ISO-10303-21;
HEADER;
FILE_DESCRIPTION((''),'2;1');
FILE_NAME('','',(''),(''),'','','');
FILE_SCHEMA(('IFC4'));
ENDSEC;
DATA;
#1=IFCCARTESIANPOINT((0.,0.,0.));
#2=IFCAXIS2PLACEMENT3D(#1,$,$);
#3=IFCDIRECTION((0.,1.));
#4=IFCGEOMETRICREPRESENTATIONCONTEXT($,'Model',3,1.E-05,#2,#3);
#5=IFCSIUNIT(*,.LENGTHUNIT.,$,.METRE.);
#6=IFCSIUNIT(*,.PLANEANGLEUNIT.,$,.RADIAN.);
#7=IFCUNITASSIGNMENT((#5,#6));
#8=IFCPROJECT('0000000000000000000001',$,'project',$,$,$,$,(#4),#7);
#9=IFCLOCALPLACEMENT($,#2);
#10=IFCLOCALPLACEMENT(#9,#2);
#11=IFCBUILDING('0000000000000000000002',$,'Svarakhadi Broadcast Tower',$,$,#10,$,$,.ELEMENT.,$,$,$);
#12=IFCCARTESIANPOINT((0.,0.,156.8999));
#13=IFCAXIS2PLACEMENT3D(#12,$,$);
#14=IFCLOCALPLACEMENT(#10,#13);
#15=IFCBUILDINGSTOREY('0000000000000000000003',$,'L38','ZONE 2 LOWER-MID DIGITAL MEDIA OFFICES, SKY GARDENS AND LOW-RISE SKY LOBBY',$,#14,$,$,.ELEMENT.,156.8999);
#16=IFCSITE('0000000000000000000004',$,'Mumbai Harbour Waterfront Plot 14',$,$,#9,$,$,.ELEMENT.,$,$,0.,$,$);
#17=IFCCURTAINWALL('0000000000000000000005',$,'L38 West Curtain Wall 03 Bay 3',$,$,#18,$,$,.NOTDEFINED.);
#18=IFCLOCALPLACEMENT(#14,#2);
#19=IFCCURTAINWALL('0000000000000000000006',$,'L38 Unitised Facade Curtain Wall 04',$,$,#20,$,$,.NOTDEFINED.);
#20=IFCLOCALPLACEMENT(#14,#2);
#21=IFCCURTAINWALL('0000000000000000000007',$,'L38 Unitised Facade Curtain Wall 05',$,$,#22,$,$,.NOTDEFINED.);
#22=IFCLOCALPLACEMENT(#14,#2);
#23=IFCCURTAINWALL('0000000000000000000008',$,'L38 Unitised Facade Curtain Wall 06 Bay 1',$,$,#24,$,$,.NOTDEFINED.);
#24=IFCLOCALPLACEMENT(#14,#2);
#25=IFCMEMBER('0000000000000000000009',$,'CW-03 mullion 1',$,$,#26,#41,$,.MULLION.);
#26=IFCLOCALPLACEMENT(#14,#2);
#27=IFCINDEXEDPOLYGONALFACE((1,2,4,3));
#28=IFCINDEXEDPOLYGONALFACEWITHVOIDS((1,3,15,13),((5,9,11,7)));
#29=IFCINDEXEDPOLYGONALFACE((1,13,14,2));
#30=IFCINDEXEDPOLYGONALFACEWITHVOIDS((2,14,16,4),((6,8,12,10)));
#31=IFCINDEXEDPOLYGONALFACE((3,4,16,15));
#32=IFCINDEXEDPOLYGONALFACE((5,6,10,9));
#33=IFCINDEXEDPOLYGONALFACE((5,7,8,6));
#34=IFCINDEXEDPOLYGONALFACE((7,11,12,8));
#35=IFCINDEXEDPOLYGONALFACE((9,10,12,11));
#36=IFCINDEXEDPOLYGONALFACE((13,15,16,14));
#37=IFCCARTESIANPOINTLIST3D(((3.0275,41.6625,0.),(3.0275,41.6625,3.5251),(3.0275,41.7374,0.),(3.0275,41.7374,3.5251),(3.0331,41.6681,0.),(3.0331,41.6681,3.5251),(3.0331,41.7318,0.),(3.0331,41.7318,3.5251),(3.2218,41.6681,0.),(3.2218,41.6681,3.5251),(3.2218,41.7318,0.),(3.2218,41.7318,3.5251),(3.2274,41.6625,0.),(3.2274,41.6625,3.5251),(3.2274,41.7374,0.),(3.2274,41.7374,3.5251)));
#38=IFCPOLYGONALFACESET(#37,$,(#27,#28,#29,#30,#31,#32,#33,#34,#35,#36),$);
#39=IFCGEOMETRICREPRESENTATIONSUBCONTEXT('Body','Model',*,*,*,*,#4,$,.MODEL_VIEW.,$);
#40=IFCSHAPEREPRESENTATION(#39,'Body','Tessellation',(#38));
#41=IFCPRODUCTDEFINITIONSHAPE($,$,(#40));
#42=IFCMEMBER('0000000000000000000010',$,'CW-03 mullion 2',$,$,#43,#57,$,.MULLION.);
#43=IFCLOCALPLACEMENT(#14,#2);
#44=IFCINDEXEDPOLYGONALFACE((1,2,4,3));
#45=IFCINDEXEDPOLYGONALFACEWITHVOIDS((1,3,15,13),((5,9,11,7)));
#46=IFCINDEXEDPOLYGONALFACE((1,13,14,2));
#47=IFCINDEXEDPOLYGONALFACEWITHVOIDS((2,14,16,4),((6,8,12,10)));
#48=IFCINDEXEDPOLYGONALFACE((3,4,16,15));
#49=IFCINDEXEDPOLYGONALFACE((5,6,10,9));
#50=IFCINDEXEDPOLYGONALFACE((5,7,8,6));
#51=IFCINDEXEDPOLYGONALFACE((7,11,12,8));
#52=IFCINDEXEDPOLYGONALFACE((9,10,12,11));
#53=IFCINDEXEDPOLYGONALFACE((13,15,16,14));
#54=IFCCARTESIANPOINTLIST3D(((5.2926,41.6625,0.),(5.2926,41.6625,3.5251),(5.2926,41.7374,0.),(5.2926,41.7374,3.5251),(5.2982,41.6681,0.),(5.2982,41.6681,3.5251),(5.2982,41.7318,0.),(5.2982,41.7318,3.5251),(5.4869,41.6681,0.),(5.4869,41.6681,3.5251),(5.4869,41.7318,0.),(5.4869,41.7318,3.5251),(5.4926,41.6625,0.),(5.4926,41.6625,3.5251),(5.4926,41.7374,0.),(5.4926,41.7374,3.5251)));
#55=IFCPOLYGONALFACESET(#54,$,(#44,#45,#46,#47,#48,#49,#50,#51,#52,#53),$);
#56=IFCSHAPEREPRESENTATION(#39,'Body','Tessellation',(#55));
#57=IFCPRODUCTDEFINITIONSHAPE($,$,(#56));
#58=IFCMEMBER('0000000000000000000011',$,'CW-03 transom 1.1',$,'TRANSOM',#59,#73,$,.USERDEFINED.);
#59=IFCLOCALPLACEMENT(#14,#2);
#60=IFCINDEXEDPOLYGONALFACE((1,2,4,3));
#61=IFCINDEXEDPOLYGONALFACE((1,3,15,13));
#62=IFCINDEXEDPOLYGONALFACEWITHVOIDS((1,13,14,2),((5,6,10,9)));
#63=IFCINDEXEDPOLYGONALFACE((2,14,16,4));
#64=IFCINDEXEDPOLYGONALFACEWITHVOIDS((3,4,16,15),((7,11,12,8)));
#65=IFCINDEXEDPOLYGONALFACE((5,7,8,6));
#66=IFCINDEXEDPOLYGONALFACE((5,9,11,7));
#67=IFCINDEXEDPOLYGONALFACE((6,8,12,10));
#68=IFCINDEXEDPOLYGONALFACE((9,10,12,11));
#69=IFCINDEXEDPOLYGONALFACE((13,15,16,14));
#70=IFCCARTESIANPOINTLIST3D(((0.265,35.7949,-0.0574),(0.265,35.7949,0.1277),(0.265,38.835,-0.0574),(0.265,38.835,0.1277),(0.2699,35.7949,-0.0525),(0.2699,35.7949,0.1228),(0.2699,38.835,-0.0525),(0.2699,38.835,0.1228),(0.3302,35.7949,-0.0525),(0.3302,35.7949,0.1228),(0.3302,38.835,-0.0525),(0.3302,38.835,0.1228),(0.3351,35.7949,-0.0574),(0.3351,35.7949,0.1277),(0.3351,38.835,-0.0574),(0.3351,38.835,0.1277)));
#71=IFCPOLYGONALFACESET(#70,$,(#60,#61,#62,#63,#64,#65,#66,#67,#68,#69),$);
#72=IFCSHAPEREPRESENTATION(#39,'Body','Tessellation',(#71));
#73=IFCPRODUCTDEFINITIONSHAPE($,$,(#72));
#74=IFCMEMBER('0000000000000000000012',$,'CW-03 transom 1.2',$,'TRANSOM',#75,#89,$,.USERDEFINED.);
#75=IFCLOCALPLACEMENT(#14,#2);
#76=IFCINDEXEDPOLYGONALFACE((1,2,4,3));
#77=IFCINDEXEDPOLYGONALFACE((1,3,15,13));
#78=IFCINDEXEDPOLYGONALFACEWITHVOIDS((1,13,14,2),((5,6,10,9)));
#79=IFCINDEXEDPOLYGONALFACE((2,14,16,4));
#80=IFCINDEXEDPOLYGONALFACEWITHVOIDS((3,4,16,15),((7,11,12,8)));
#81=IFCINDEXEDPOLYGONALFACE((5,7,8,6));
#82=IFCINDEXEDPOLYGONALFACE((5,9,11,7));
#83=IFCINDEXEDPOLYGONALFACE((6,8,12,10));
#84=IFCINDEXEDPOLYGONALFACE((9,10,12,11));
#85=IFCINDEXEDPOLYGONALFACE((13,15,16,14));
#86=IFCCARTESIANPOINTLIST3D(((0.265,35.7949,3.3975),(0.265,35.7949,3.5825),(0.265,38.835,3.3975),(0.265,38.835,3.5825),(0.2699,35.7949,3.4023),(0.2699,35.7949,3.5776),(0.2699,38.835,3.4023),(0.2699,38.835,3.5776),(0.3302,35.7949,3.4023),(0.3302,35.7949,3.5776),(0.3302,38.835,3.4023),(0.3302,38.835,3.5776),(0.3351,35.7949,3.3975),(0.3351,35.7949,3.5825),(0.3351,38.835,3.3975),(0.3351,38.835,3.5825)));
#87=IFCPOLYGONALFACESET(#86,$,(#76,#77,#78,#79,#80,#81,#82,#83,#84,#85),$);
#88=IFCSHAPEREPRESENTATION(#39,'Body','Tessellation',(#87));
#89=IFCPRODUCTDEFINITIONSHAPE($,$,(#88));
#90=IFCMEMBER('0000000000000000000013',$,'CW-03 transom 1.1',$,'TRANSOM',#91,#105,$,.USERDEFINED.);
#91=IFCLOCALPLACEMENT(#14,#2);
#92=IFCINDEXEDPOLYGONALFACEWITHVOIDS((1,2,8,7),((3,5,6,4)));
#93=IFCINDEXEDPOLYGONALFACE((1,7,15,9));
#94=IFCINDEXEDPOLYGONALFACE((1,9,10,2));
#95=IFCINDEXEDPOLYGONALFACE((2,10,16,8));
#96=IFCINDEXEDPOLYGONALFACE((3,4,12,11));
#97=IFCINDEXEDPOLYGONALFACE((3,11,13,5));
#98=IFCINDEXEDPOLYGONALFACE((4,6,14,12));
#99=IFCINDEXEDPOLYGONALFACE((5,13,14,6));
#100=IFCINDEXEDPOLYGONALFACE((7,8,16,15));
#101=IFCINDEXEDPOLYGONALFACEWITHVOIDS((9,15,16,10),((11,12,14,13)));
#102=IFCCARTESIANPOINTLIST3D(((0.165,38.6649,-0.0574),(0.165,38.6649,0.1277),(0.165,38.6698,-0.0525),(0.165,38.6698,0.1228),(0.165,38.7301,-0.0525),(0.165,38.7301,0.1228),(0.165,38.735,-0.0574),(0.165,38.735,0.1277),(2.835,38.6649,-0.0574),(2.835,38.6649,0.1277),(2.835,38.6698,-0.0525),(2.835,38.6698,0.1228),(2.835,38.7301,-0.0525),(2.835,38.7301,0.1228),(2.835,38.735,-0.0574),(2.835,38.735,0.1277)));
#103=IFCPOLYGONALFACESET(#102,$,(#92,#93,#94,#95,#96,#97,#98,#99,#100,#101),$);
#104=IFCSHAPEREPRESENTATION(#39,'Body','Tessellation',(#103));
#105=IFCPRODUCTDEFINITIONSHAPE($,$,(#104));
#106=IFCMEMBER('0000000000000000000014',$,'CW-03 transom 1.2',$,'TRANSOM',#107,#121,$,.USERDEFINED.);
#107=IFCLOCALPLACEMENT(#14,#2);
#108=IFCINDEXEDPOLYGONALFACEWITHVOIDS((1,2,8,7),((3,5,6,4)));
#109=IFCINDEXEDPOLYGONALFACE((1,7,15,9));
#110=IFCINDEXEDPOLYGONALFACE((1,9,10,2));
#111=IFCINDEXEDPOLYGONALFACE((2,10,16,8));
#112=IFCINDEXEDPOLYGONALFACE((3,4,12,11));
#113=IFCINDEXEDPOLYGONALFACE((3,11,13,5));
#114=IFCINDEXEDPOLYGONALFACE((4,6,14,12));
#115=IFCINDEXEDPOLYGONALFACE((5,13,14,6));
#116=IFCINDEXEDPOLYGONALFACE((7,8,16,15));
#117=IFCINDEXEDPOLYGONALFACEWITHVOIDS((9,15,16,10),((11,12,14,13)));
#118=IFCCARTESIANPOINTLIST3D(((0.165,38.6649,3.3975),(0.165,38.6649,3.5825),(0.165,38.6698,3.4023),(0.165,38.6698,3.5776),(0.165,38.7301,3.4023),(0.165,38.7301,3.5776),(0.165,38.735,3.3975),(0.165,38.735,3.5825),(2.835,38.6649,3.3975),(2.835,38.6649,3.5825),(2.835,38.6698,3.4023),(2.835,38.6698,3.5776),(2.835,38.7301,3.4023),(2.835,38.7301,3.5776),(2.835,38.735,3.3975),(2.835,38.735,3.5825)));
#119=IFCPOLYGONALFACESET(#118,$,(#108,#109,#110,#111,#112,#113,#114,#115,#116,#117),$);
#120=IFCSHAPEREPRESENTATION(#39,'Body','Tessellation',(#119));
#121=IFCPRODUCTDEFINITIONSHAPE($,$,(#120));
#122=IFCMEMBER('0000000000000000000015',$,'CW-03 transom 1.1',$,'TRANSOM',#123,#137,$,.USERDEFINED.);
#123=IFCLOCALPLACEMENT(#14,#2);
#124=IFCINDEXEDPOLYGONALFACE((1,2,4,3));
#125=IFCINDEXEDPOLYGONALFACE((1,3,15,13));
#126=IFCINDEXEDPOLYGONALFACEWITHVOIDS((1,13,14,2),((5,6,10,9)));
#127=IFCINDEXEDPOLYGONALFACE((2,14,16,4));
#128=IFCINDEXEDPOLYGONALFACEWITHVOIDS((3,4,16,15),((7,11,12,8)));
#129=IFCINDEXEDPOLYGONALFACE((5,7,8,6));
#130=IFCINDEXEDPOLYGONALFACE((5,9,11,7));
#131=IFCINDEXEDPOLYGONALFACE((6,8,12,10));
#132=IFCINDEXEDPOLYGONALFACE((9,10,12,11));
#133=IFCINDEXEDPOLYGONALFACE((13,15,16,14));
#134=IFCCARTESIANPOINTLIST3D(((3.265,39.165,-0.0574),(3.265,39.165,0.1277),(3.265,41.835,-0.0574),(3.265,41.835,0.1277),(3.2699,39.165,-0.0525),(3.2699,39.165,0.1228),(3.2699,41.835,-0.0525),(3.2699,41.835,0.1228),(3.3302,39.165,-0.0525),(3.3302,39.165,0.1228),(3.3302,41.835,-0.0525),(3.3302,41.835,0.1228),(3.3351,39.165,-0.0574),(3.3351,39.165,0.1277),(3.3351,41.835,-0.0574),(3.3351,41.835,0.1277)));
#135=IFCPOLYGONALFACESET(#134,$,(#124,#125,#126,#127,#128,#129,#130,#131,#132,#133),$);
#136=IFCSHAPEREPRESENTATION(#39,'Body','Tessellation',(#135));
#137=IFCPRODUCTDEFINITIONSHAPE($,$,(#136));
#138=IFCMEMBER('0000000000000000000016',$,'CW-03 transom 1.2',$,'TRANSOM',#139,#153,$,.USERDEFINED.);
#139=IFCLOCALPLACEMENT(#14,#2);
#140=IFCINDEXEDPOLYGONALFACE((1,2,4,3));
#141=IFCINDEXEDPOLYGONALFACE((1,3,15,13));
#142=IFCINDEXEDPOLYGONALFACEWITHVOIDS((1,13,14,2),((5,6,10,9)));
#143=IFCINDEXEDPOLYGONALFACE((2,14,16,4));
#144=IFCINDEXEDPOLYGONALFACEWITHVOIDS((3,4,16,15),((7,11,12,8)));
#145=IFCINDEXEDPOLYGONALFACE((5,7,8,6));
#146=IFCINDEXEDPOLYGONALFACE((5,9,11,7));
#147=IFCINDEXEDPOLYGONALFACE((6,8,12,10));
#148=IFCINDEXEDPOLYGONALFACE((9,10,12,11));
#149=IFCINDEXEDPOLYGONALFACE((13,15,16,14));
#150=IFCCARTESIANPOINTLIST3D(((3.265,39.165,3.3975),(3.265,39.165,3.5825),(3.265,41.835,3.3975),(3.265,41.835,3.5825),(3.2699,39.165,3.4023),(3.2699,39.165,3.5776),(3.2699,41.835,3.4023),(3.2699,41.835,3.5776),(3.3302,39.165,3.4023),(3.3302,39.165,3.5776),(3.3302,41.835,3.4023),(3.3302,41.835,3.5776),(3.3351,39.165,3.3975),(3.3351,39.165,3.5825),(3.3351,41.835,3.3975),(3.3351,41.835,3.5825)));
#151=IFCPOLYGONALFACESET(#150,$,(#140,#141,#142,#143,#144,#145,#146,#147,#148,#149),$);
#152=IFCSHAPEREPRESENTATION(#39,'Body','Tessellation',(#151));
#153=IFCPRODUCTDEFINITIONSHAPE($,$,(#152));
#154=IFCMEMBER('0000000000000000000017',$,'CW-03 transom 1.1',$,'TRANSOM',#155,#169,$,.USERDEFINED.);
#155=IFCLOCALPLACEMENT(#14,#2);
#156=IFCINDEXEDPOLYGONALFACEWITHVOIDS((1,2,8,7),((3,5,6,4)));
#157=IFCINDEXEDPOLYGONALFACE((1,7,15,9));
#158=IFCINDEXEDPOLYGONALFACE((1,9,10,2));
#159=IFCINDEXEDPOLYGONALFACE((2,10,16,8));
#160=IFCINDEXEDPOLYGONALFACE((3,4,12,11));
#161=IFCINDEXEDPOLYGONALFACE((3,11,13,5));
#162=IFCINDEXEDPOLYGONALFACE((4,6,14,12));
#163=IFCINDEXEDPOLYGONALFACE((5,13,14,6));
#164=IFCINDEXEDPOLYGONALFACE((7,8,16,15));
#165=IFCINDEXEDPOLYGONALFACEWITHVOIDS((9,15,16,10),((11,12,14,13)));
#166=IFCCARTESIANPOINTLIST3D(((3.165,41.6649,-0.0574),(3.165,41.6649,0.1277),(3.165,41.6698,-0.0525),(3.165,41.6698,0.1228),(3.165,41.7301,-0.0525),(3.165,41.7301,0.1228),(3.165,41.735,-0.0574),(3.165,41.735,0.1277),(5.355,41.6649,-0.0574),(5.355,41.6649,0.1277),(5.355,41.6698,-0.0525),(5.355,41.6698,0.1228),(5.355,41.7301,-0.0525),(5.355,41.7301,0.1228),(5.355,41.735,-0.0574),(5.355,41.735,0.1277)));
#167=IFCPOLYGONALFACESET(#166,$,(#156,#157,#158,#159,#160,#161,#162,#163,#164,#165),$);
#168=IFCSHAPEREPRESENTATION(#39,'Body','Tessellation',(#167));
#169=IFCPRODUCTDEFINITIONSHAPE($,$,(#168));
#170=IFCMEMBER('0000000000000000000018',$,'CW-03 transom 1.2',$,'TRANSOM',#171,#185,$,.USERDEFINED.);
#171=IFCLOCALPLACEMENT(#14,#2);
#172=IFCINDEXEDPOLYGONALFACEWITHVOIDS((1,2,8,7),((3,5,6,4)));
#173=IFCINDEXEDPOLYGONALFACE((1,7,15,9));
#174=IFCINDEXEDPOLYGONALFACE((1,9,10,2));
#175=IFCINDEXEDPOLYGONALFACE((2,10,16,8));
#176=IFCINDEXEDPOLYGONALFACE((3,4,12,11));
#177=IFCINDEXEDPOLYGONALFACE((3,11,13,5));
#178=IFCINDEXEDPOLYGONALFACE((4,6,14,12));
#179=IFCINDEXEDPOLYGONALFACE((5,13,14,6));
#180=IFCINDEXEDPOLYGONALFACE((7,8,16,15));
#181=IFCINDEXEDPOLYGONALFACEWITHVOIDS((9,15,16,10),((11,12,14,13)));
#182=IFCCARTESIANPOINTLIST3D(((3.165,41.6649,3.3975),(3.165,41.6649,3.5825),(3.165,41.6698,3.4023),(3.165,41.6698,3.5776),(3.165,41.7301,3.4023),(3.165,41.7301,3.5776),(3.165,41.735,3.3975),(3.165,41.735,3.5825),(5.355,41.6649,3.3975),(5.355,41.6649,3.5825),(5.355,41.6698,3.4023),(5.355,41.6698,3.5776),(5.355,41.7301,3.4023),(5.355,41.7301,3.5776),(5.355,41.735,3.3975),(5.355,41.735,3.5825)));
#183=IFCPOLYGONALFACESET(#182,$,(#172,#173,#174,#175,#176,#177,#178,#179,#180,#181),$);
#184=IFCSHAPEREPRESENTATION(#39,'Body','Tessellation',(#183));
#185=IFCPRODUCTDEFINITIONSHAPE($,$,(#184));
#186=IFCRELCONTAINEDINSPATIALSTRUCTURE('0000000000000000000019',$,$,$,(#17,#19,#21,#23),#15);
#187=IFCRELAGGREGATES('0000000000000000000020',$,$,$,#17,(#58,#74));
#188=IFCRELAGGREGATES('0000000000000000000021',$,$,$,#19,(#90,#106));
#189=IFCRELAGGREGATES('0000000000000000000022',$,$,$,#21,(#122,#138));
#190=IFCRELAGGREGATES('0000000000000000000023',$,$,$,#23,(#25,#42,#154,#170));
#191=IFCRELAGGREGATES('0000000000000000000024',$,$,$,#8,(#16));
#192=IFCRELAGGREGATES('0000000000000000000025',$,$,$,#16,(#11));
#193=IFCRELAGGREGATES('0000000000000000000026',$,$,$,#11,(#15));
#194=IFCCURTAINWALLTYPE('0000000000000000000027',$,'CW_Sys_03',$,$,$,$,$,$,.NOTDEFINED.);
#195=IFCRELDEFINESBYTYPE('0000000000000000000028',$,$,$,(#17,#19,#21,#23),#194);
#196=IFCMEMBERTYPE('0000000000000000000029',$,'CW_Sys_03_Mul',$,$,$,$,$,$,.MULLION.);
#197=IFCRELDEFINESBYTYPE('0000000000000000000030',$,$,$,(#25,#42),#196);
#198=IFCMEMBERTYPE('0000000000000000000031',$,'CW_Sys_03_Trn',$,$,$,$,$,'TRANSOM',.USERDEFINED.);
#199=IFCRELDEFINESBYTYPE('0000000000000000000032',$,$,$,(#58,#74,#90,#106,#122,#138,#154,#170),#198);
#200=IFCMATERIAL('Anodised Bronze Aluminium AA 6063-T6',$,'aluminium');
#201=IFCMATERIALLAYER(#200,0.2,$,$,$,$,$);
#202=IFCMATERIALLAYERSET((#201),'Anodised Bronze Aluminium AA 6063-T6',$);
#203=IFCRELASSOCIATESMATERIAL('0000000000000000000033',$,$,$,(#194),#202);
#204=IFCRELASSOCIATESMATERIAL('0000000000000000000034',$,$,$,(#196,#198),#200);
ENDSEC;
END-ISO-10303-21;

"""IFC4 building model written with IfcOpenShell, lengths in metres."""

from ifc_helpers import new_model, si_unit, direction, frame, origin, origin_2d, place, context, subcontext, project, spatial, hollow_rectangle, extrude, material, layer, layer_set, material_profile, profile_set, type_object, element, aggregate, save


model = new_model("IFC4")

# Units and contexts
model_context = context("Model", 3, precision=1e-05, world=origin(), true_north=direction((0.0, 1.0)))
body_context = subcontext(model_context, "Body", "Model", "MODEL_VIEW")
ifc_project = project(units=[si_unit("LENGTHUNIT", "METRE"), si_unit("PLANEANGLEUNIT", "RADIAN")], contexts=[model_context])

# Site, building, storey
site_placement = place(None, origin())
site = spatial("IfcSite", under=ifc_project, at=site_placement, Name="Mumbai Harbour Waterfront Plot 14", CompositionType="ELEMENT", RefElevation=0.0)
building_placement = place(site_placement, origin())
building = spatial("IfcBuilding", under=site, at=building_placement, Name="Svarakhadi Broadcast Tower", CompositionType="ELEMENT")
storey_placement = place(building_placement, frame((0.0, 0.0, 156.8999)))
storey = spatial("IfcBuildingStorey", under=building, at=storey_placement, Name="L38", Description="ZONE 2 LOWER-MID DIGITAL MEDIA OFFICES, SKY GARDENS AND LOW-RISE SKY LOBBY", CompositionType="ELEMENT", Elevation=156.8999)

# Shared definitions
ifc_material_1 = material(Name="Anodised Bronze Aluminium AA 6063-T6", Category="aluminium")
ifc_layer_1 = layer(ifc_material_1, 0.2)
ifc_layer_set_1 = layer_set([ifc_layer_1], Name="Anodised Bronze Aluminium AA 6063-T6")
curtain_wall_type = type_object("IfcCurtainWallType", Name="CW_Sys_03", PredefinedType="NOTDEFINED", material=ifc_layer_set_1)
ifc_material_profile_1 = material_profile(ifc_material_1, hollow_rectangle(XDim=0.075, YDim=0.2, WallThickness=0.0056, at=origin_2d()), Name="ALU MULLION 200x75x6")
ifc_profile_set_1 = profile_set([ifc_material_profile_1], Name="Anodised Bronze Aluminium AA 6063-T6")
member_type_1 = type_object("IfcMemberType", Name="CW_Sys_03_Mul", PredefinedType="MULLION", material=ifc_profile_set_1)

# Curtain walls, members
curtain_wall_1_placement = place(storey_placement, origin())
curtain_wall_1 = element("IfcCurtainWall", 1, at=curtain_wall_1_placement, inside=storey, type_object=curtain_wall_type, Name="L38 West Curtain Wall 03 Bay 3", PredefinedType="NOTDEFINED")
curtain_wall_2_placement = place(storey_placement, origin())
curtain_wall_2 = element("IfcCurtainWall", 2, at=curtain_wall_2_placement, inside=storey, type_object=curtain_wall_type, Name="L38 Unitised Facade Curtain Wall 04", PredefinedType="NOTDEFINED")
curtain_wall_3_placement = place(storey_placement, origin())
curtain_wall_3 = element("IfcCurtainWall", 3, at=curtain_wall_3_placement, inside=storey, type_object=curtain_wall_type, Name="L38 Unitised Facade Curtain Wall 05", PredefinedType="NOTDEFINED")
curtain_wall_4_placement = place(storey_placement, origin())
curtain_wall_4 = element("IfcCurtainWall", 4, at=curtain_wall_4_placement, inside=storey, type_object=curtain_wall_type, Name="L38 Unitised Facade Curtain Wall 06 Bay 1", PredefinedType="NOTDEFINED")
member_1_placement = place(storey_placement, frame((3.1274, 41.7, 0.0), z_axis=(0.0, 0.0, 1.0), x_axis=(0.0, 1.0, 0.0)))
member_1 = element("IfcMember", 5, at=member_1_placement, type_object=member_type_1, Name="CW-03 mullion 1", PredefinedType="MULLION", context=body_context, shape_type="SweptSolid", body=[
    extrude(hollow_rectangle(XDim=0.075, YDim=0.2, WallThickness=0.0056, at=origin_2d()), origin(), (0.0, 0.0, 1.0), 3.5251),
])
member_2_placement = place(storey_placement, frame((5.3926, 41.7, 0.0), z_axis=(0.0, 0.0, 1.0), x_axis=(0.0, 1.0, 0.0)))
member_2 = element("IfcMember", 6, at=member_2_placement, type_object=member_type_1, Name="CW-03 mullion 2", PredefinedType="MULLION", context=body_context, shape_type="SweptSolid", body=[
    extrude(hollow_rectangle(XDim=0.075, YDim=0.2, WallThickness=0.0056, at=origin_2d()), origin(), (0.0, 0.0, 1.0), 3.5251),
])

# Members
ifc_material_profile_2 = material_profile(ifc_material_1, hollow_rectangle(XDim=0.0701, YDim=0.1851, WallThickness=0.0049, at=origin_2d()), Name="ALU TRANSOM 185x70x5")
ifc_profile_set_2 = profile_set([ifc_material_profile_2], Name="Anodised Bronze Aluminium AA 6063-T6")
member_type_2 = type_object("IfcMemberType", Name="CW_Sys_03_Trn", ElementType="TRANSOM", PredefinedType="USERDEFINED", material=ifc_profile_set_2)
member_3_placement = place(storey_placement, frame((0.3, 35.7949, 0.0352), z_axis=(0.0, 1.0, 0.0), x_axis=(-1.0, 0.0, 0.0)))
member_3 = element("IfcMember", 7, at=member_3_placement, type_object=member_type_2, Name="CW-03 transom 1.1", ObjectType="TRANSOM", PredefinedType="USERDEFINED", context=body_context, shape_type="SweptSolid", body=[
    extrude(hollow_rectangle(XDim=0.0701, YDim=0.1851, WallThickness=0.0049, at=origin_2d()), origin(), (0.0, 0.0, 1.0), 3.04),
])
member_4_placement = place(storey_placement, frame((0.3, 35.7949, 3.49), z_axis=(0.0, 1.0, 0.0), x_axis=(-1.0, 0.0, 0.0)))
member_4 = element("IfcMember", 8, at=member_4_placement, type_object=member_type_2, Name="CW-03 transom 1.2", ObjectType="TRANSOM", PredefinedType="USERDEFINED", context=body_context, shape_type="SweptSolid", body=[
    extrude(hollow_rectangle(XDim=0.0701, YDim=0.1851, WallThickness=0.0049, at=origin_2d()), origin(), (0.0, 0.0, 1.0), 3.04),
])
member_5_placement = place(storey_placement, frame((0.165, 38.7, 0.0352), z_axis=(1.0, 0.0, 0.0), x_axis=(0.0, 1.0, 0.0)))
member_5 = element("IfcMember", 9, at=member_5_placement, type_object=member_type_2, Name="CW-03 transom 1.1", ObjectType="TRANSOM", PredefinedType="USERDEFINED", context=body_context, shape_type="SweptSolid", body=[
    extrude(hollow_rectangle(XDim=0.0701, YDim=0.1851, WallThickness=0.0049, at=origin_2d()), origin(), (0.0, 0.0, 1.0), 2.6699),
])
member_6_placement = place(storey_placement, frame((0.165, 38.7, 3.49), z_axis=(1.0, 0.0, 0.0), x_axis=(0.0, 1.0, 0.0)))
member_6 = element("IfcMember", 10, at=member_6_placement, type_object=member_type_2, Name="CW-03 transom 1.2", ObjectType="TRANSOM", PredefinedType="USERDEFINED", context=body_context, shape_type="SweptSolid", body=[
    extrude(hollow_rectangle(XDim=0.0701, YDim=0.1851, WallThickness=0.0049, at=origin_2d()), origin(), (0.0, 0.0, 1.0), 2.6699),
])
member_7_placement = place(storey_placement, frame((3.3, 39.165, 0.0352), z_axis=(0.0, 1.0, 0.0), x_axis=(-1.0, 0.0, 0.0)))
member_7 = element("IfcMember", 11, at=member_7_placement, type_object=member_type_2, Name="CW-03 transom 1.1", ObjectType="TRANSOM", PredefinedType="USERDEFINED", context=body_context, shape_type="SweptSolid", body=[
    extrude(hollow_rectangle(XDim=0.0701, YDim=0.1851, WallThickness=0.0049, at=origin_2d()), origin(), (0.0, 0.0, 1.0), 2.6699),
])
member_8_placement = place(storey_placement, frame((3.3, 39.165, 3.49), z_axis=(0.0, 1.0, 0.0), x_axis=(-1.0, 0.0, 0.0)))
member_8 = element("IfcMember", 12, at=member_8_placement, type_object=member_type_2, Name="CW-03 transom 1.2", ObjectType="TRANSOM", PredefinedType="USERDEFINED", context=body_context, shape_type="SweptSolid", body=[
    extrude(hollow_rectangle(XDim=0.0701, YDim=0.1851, WallThickness=0.0049, at=origin_2d()), origin(), (0.0, 0.0, 1.0), 2.6699),
])
member_9_placement = place(storey_placement, frame((3.165, 41.7, 0.0352), z_axis=(1.0, 0.0, 0.0), x_axis=(0.0, 1.0, 0.0)))
member_9 = element("IfcMember", 13, at=member_9_placement, type_object=member_type_2, Name="CW-03 transom 1.1", ObjectType="TRANSOM", PredefinedType="USERDEFINED", context=body_context, shape_type="SweptSolid", body=[
    extrude(hollow_rectangle(XDim=0.0701, YDim=0.1851, WallThickness=0.0049, at=origin_2d()), origin(), (0.0, 0.0, 1.0), 2.1899),
])
member_10_placement = place(storey_placement, frame((3.165, 41.7, 3.49), z_axis=(1.0, 0.0, 0.0), x_axis=(0.0, 1.0, 0.0)))
member_10 = element("IfcMember", 14, at=member_10_placement, type_object=member_type_2, Name="CW-03 transom 1.2", ObjectType="TRANSOM", PredefinedType="USERDEFINED", context=body_context, shape_type="SweptSolid", body=[
    extrude(hollow_rectangle(XDim=0.0701, YDim=0.1851, WallThickness=0.0049, at=origin_2d()), origin(), (0.0, 0.0, 1.0), 2.1899),
])

aggregate(curtain_wall_1, [member_3, member_4])
aggregate(curtain_wall_2, [member_5, member_6])
aggregate(curtain_wall_3, [member_7, member_8])
aggregate(curtain_wall_4, [member_1, member_2, member_9, member_10])

save(model, "model.ifc")
